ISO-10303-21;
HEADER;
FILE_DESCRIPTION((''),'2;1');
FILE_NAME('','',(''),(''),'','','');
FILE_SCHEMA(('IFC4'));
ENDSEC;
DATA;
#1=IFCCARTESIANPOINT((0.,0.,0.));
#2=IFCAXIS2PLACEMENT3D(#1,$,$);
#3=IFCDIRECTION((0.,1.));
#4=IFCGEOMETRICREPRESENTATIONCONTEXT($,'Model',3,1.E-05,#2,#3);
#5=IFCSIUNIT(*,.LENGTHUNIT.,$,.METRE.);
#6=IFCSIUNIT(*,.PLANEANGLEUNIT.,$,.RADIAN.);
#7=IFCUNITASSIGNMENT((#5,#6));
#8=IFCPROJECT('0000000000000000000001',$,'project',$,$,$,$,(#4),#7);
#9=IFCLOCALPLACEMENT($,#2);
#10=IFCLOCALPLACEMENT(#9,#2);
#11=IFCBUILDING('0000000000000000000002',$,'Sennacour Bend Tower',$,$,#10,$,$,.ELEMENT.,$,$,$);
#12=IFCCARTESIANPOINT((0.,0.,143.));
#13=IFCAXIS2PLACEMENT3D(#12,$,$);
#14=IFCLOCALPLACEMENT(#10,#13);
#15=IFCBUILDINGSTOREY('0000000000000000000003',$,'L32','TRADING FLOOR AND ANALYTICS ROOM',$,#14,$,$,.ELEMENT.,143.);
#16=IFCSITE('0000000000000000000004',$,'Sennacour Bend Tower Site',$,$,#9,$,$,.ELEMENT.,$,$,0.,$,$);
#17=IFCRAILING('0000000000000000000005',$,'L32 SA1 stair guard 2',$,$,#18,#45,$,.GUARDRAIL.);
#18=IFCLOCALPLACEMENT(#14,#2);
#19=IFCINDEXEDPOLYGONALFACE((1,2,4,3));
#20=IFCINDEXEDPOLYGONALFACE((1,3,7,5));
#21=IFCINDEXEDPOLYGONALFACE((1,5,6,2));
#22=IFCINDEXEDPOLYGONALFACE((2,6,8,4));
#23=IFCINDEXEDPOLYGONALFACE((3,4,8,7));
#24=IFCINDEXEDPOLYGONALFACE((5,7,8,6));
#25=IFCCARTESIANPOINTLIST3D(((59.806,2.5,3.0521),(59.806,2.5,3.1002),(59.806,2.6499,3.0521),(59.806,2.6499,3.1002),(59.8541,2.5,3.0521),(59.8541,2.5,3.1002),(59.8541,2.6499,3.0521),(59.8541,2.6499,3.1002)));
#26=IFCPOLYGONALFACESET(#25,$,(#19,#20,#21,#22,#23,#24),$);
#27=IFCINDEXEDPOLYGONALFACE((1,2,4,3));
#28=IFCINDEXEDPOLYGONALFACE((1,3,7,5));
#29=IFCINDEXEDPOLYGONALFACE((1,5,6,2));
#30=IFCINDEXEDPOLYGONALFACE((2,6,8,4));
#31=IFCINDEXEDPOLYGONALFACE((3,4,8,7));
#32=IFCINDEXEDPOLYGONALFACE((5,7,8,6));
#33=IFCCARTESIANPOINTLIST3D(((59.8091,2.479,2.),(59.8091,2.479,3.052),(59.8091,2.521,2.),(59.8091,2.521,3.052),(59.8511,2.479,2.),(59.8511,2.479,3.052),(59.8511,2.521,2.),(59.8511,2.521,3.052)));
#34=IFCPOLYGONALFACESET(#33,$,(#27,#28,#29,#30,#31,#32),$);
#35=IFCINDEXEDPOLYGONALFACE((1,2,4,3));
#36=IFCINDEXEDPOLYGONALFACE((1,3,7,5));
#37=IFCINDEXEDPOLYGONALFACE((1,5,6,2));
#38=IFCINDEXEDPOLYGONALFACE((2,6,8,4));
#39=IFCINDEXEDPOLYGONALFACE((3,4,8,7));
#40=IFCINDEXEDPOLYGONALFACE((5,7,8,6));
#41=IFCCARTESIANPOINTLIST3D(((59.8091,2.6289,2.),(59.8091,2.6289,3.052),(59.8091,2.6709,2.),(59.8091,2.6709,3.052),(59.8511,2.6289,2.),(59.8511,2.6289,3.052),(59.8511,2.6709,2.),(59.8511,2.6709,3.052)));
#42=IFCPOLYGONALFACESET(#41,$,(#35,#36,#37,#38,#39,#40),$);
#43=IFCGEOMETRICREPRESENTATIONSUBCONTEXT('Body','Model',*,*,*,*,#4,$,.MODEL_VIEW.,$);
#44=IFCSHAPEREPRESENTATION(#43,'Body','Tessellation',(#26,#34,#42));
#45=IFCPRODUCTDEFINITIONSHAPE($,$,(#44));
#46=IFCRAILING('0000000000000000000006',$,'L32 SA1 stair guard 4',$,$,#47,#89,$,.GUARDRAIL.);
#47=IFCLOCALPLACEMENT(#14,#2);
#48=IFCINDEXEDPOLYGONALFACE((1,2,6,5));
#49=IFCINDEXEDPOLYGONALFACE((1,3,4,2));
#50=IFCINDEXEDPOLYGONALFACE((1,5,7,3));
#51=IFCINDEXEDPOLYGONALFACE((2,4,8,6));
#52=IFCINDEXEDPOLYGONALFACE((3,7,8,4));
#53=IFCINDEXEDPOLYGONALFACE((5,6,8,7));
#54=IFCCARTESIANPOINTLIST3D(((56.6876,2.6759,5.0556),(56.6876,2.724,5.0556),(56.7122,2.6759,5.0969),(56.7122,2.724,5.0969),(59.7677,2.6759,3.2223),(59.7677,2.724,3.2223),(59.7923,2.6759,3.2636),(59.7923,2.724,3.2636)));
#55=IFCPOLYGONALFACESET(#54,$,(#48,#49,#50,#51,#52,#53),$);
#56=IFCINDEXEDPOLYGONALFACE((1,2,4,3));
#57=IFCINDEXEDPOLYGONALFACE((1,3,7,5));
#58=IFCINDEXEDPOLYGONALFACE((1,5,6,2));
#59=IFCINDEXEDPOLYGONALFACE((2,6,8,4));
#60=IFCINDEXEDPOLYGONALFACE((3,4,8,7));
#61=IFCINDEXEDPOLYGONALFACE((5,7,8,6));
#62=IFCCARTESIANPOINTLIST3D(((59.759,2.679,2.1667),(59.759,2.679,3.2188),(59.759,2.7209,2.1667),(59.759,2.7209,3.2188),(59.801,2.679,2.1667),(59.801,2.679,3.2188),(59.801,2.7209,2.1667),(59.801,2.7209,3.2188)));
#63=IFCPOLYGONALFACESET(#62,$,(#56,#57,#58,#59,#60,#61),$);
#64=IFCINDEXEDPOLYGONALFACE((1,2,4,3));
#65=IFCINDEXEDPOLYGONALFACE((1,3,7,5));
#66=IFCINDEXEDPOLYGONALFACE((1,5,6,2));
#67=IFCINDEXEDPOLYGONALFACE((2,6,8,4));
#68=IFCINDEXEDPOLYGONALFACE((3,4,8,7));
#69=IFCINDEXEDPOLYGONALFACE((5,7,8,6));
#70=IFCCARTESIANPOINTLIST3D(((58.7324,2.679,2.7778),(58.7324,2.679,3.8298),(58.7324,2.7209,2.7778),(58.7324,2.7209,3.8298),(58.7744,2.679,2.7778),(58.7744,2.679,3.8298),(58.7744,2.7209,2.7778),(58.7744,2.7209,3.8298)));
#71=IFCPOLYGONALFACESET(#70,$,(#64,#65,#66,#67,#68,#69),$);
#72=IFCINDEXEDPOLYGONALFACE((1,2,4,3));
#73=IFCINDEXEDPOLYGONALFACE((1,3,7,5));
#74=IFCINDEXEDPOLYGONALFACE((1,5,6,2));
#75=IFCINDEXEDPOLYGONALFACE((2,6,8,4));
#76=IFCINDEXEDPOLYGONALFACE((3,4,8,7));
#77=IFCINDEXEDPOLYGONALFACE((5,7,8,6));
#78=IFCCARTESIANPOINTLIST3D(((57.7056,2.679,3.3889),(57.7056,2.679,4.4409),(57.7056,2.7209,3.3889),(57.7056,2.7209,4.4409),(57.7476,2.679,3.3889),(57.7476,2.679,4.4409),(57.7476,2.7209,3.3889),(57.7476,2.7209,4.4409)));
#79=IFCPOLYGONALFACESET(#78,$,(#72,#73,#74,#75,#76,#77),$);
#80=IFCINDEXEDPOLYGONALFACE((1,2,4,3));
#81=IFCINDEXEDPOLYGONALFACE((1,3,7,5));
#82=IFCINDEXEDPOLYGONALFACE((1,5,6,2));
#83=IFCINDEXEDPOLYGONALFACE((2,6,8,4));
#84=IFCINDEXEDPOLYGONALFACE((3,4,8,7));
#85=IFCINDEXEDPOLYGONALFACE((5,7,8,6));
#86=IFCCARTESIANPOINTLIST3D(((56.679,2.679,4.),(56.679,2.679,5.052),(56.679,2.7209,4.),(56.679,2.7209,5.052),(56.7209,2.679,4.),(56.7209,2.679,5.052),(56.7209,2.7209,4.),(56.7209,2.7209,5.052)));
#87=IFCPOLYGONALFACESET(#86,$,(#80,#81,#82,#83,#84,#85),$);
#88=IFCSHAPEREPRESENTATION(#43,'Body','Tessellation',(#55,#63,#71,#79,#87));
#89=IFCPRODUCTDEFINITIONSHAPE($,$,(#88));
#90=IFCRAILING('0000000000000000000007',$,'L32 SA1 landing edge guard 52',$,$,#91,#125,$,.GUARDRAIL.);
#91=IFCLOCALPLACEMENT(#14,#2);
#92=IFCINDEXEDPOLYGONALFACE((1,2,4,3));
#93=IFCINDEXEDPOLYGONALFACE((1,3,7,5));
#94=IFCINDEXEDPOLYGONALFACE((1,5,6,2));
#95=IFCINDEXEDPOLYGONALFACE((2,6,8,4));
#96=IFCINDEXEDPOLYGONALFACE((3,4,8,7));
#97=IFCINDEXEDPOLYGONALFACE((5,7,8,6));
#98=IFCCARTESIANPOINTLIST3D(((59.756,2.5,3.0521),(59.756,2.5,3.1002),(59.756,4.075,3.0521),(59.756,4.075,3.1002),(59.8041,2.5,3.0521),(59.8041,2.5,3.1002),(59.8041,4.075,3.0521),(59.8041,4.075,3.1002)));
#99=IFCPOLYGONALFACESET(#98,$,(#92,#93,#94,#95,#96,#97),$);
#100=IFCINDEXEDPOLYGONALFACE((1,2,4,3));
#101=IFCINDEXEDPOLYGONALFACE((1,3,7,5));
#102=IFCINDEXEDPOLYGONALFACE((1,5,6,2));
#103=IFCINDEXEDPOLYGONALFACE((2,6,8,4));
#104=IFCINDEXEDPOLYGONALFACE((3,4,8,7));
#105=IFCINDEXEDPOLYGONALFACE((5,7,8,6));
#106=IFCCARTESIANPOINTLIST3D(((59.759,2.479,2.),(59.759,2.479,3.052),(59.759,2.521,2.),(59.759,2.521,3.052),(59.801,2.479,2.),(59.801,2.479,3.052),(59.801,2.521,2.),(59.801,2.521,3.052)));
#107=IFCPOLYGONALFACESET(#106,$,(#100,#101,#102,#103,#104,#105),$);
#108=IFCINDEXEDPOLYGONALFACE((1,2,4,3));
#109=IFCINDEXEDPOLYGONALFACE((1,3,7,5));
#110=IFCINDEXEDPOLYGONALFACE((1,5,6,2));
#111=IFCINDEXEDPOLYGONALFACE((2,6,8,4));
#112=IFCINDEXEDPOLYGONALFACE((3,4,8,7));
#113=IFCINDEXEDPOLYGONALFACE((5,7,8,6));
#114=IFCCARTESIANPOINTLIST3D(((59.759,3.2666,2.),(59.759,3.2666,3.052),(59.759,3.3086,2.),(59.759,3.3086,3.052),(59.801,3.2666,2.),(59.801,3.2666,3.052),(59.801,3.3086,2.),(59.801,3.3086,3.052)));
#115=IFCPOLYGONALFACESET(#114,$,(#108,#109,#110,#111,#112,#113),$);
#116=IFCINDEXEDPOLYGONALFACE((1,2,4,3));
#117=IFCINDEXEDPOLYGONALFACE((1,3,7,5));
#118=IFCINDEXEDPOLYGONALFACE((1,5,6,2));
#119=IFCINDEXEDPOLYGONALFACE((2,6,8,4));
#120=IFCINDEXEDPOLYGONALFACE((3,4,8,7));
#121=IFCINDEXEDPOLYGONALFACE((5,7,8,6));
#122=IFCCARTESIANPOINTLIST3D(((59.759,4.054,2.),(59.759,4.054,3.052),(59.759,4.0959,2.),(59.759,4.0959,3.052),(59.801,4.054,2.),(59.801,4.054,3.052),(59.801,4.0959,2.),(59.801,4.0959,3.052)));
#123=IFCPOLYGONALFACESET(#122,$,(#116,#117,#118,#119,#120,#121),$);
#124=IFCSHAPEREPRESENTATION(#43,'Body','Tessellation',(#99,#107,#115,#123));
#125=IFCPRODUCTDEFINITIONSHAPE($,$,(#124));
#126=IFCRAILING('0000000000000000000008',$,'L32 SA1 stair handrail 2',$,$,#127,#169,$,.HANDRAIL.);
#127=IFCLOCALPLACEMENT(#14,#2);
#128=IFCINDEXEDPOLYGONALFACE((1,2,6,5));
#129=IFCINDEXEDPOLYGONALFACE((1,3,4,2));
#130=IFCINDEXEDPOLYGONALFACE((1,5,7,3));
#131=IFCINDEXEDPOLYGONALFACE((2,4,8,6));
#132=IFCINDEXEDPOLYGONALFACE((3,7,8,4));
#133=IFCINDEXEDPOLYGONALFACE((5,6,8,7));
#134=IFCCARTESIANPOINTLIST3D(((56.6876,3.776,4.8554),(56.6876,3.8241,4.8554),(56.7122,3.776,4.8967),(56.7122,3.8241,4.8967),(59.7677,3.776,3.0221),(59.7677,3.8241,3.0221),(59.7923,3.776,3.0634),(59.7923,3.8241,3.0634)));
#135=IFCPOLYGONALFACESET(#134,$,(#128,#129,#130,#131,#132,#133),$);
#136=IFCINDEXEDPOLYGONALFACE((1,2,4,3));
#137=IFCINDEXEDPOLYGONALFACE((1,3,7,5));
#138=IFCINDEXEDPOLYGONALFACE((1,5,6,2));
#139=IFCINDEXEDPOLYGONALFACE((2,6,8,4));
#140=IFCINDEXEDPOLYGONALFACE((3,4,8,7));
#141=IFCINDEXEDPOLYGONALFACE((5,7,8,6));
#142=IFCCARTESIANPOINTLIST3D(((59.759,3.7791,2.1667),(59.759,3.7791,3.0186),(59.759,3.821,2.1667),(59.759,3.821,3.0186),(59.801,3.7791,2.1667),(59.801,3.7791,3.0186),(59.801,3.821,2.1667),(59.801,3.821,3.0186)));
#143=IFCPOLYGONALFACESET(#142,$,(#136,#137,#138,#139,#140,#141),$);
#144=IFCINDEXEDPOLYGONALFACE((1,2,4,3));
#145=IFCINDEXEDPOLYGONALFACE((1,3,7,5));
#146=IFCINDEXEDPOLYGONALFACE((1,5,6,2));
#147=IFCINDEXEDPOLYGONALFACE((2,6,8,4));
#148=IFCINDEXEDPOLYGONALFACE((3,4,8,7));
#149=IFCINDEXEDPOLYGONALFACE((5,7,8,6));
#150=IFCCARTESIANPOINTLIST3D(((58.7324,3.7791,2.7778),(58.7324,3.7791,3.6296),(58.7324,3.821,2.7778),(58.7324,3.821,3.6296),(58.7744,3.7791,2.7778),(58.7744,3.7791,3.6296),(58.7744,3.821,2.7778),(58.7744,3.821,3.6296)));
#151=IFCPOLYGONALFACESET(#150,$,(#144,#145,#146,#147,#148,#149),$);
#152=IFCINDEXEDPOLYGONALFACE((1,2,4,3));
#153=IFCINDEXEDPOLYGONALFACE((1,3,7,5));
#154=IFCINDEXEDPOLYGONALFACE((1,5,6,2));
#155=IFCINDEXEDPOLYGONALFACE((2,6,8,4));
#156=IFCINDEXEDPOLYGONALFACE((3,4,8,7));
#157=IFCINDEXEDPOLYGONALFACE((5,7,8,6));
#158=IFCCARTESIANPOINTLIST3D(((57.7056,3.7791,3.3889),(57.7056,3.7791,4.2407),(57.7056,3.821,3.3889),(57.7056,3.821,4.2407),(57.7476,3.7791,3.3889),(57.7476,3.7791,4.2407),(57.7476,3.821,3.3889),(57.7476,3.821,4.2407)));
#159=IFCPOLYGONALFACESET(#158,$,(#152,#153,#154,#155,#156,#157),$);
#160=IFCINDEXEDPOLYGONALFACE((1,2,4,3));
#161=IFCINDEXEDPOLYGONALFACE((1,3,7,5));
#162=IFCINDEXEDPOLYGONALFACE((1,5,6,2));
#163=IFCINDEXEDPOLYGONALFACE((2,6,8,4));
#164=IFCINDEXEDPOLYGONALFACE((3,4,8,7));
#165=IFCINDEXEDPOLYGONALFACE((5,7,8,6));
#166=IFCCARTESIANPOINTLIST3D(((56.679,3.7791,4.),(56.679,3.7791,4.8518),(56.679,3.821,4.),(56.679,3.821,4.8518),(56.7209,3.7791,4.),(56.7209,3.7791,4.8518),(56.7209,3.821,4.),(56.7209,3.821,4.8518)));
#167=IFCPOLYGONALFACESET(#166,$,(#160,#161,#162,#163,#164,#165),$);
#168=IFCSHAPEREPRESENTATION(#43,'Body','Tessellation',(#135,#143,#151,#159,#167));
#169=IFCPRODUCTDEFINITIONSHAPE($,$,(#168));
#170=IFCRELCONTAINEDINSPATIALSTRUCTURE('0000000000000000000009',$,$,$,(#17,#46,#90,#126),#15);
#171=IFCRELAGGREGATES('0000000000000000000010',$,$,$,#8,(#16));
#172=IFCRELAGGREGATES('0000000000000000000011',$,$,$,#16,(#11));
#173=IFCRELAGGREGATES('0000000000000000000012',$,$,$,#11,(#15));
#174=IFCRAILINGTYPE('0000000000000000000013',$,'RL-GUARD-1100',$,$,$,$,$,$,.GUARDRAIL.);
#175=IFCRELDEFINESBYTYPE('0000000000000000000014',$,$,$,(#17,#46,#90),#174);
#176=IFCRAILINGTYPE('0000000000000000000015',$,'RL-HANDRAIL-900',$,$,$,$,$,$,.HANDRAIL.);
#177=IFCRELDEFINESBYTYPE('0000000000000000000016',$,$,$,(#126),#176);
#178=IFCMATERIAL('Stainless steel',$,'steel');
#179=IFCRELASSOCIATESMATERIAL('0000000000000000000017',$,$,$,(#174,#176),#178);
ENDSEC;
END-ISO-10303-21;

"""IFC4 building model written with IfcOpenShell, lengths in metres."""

from ifc_helpers import new_model, si_unit, direction, frame, origin, origin_2d, place, context, subcontext, project, spatial, rectangle, extrude, material, type_object, element, save


model = new_model("IFC4")

# Units and contexts
model_context = context("Model", 3, precision=1e-05, world=origin(), true_north=direction((0.0, 1.0)))
body_context = subcontext(model_context, "Body", "Model", "MODEL_VIEW")
ifc_project = project(units=[si_unit("LENGTHUNIT", "METRE"), si_unit("PLANEANGLEUNIT", "RADIAN")], contexts=[model_context])

# Site, building, storey
site_placement = place(None, origin())
site = spatial("IfcSite", under=ifc_project, at=site_placement, Name="Sennacour Bend Tower Site", CompositionType="ELEMENT", RefElevation=0.0)
building_placement = place(site_placement, origin())
building = spatial("IfcBuilding", under=site, at=building_placement, Name="Sennacour Bend Tower", CompositionType="ELEMENT")
storey_placement = place(building_placement, frame((0.0, 0.0, 143.0)))
storey = spatial("IfcBuildingStorey", under=building, at=storey_placement, Name="L32", Description="TRADING FLOOR AND ANALYTICS ROOM", CompositionType="ELEMENT", Elevation=143.0)

# Shared definitions
ifc_material_1 = material(Name="Stainless steel", Category="steel")

# Railings
railing_type_1 = type_object("IfcRailingType", Name="RL-GUARD-1100", PredefinedType="GUARDRAIL", material=ifc_material_1)
railing_1_placement = place(storey_placement, frame((59.8301, 2.5, 2.0)))
element("IfcRailing", 1, at=railing_1_placement, inside=storey, type_object=railing_type_1, Name="L32 SA1 stair guard 2", PredefinedType="GUARDRAIL", context=body_context, shape_type="SweptSolid", body=[
    extrude(rectangle(XDim=0.0481, YDim=0.0481, at=origin_2d()), frame((0.0, 0.0, 1.0762), z_axis=(0.0, 1.0, 0.0), x_axis=(-1.0, 0.0, 0.0)), (0.0, 0.0, 1.0), 0.1499),
    extrude(rectangle(XDim=0.042, YDim=0.042, at=origin_2d()), origin(), (0.0, 0.0, 1.0), 1.052),
    extrude(rectangle(XDim=0.042, YDim=0.042, at=origin_2d()), frame((0.0, 0.1499, 0.0)), (0.0, 0.0, 1.0), 1.052),
])
railing_2_placement = place(storey_placement, frame((59.78, 2.7, 2.1667)))
element("IfcRailing", 2, at=railing_2_placement, inside=storey, type_object=railing_type_1, Name="L32 SA1 stair guard 4", PredefinedType="GUARDRAIL", context=body_context, shape_type="SweptSolid", body=[
    extrude(rectangle(XDim=0.0481, YDim=0.0481, at=origin_2d()), frame((0.0, 0.0, 1.0762), z_axis=(-0.859309, 0.0, 0.511458), x_axis=(0.0, -1.0, 0.0)), (0.0, 0.0, 1.0), 3.5845),
    extrude(rectangle(XDim=0.042, YDim=0.042, at=origin_2d()), origin(), (0.0, 0.0, 1.0), 1.052),
    extrude(rectangle(XDim=0.042, YDim=0.042, at=origin_2d()), frame((-1.0266, 0.0, 0.6111)), (0.0, 0.0, 1.0), 1.052),
    extrude(rectangle(XDim=0.042, YDim=0.042, at=origin_2d()), frame((-2.0535, 0.0, 1.2222)), (0.0, 0.0, 1.0), 1.052),
    extrude(rectangle(XDim=0.042, YDim=0.042, at=origin_2d()), frame((-3.0801, 0.0, 1.8333)), (0.0, 0.0, 1.0), 1.052),
])
railing_3_placement = place(storey_placement, frame((59.78, 2.5, 2.0)))
element("IfcRailing", 3, at=railing_3_placement, inside=storey, type_object=railing_type_1, Name="L32 SA1 landing edge guard 52", PredefinedType="GUARDRAIL", context=body_context, shape_type="SweptSolid", body=[
    extrude(rectangle(XDim=0.0481, YDim=0.0481, at=origin_2d()), frame((0.0, 0.0, 1.0762), z_axis=(0.0, 1.0, 0.0), x_axis=(-1.0, 0.0, 0.0)), (0.0, 0.0, 1.0), 1.575),
    extrude(rectangle(XDim=0.042, YDim=0.042, at=origin_2d()), origin(), (0.0, 0.0, 1.0), 1.052),
    extrude(rectangle(XDim=0.042, YDim=0.042, at=origin_2d()), frame((0.0, 0.7876, 0.0)), (0.0, 0.0, 1.0), 1.052),
    extrude(rectangle(XDim=0.042, YDim=0.042, at=origin_2d()), frame((0.0, 1.575, 0.0)), (0.0, 0.0, 1.0), 1.052),
])
railing_type_2 = type_object("IfcRailingType", Name="RL-HANDRAIL-900", PredefinedType="HANDRAIL", material=ifc_material_1)
railing_4_placement = place(storey_placement, frame((59.78, 3.8, 2.1667)))
element("IfcRailing", 4, at=railing_4_placement, inside=storey, type_object=railing_type_2, Name="L32 SA1 stair handrail 2", PredefinedType="HANDRAIL", context=body_context, shape_type="SweptSolid", body=[
    extrude(rectangle(XDim=0.0481, YDim=0.0481, at=origin_2d()), frame((0.0, 0.0, 0.876), z_axis=(-0.859309, 0.0, 0.511458), x_axis=(0.0, -1.0, 0.0)), (0.0, 0.0, 1.0), 3.5845),
    extrude(rectangle(XDim=0.042, YDim=0.042, at=origin_2d()), origin(), (0.0, 0.0, 1.0), 0.8518),
    extrude(rectangle(XDim=0.042, YDim=0.042, at=origin_2d()), frame((-1.0266, 0.0, 0.6111)), (0.0, 0.0, 1.0), 0.8518),
    extrude(rectangle(XDim=0.042, YDim=0.042, at=origin_2d()), frame((-2.0535, 0.0, 1.2222)), (0.0, 0.0, 1.0), 0.8518),
    extrude(rectangle(XDim=0.042, YDim=0.042, at=origin_2d()), frame((-3.0801, 0.0, 1.8333)), (0.0, 0.0, 1.0), 0.8518),
])

save(model, "model.ifc")
